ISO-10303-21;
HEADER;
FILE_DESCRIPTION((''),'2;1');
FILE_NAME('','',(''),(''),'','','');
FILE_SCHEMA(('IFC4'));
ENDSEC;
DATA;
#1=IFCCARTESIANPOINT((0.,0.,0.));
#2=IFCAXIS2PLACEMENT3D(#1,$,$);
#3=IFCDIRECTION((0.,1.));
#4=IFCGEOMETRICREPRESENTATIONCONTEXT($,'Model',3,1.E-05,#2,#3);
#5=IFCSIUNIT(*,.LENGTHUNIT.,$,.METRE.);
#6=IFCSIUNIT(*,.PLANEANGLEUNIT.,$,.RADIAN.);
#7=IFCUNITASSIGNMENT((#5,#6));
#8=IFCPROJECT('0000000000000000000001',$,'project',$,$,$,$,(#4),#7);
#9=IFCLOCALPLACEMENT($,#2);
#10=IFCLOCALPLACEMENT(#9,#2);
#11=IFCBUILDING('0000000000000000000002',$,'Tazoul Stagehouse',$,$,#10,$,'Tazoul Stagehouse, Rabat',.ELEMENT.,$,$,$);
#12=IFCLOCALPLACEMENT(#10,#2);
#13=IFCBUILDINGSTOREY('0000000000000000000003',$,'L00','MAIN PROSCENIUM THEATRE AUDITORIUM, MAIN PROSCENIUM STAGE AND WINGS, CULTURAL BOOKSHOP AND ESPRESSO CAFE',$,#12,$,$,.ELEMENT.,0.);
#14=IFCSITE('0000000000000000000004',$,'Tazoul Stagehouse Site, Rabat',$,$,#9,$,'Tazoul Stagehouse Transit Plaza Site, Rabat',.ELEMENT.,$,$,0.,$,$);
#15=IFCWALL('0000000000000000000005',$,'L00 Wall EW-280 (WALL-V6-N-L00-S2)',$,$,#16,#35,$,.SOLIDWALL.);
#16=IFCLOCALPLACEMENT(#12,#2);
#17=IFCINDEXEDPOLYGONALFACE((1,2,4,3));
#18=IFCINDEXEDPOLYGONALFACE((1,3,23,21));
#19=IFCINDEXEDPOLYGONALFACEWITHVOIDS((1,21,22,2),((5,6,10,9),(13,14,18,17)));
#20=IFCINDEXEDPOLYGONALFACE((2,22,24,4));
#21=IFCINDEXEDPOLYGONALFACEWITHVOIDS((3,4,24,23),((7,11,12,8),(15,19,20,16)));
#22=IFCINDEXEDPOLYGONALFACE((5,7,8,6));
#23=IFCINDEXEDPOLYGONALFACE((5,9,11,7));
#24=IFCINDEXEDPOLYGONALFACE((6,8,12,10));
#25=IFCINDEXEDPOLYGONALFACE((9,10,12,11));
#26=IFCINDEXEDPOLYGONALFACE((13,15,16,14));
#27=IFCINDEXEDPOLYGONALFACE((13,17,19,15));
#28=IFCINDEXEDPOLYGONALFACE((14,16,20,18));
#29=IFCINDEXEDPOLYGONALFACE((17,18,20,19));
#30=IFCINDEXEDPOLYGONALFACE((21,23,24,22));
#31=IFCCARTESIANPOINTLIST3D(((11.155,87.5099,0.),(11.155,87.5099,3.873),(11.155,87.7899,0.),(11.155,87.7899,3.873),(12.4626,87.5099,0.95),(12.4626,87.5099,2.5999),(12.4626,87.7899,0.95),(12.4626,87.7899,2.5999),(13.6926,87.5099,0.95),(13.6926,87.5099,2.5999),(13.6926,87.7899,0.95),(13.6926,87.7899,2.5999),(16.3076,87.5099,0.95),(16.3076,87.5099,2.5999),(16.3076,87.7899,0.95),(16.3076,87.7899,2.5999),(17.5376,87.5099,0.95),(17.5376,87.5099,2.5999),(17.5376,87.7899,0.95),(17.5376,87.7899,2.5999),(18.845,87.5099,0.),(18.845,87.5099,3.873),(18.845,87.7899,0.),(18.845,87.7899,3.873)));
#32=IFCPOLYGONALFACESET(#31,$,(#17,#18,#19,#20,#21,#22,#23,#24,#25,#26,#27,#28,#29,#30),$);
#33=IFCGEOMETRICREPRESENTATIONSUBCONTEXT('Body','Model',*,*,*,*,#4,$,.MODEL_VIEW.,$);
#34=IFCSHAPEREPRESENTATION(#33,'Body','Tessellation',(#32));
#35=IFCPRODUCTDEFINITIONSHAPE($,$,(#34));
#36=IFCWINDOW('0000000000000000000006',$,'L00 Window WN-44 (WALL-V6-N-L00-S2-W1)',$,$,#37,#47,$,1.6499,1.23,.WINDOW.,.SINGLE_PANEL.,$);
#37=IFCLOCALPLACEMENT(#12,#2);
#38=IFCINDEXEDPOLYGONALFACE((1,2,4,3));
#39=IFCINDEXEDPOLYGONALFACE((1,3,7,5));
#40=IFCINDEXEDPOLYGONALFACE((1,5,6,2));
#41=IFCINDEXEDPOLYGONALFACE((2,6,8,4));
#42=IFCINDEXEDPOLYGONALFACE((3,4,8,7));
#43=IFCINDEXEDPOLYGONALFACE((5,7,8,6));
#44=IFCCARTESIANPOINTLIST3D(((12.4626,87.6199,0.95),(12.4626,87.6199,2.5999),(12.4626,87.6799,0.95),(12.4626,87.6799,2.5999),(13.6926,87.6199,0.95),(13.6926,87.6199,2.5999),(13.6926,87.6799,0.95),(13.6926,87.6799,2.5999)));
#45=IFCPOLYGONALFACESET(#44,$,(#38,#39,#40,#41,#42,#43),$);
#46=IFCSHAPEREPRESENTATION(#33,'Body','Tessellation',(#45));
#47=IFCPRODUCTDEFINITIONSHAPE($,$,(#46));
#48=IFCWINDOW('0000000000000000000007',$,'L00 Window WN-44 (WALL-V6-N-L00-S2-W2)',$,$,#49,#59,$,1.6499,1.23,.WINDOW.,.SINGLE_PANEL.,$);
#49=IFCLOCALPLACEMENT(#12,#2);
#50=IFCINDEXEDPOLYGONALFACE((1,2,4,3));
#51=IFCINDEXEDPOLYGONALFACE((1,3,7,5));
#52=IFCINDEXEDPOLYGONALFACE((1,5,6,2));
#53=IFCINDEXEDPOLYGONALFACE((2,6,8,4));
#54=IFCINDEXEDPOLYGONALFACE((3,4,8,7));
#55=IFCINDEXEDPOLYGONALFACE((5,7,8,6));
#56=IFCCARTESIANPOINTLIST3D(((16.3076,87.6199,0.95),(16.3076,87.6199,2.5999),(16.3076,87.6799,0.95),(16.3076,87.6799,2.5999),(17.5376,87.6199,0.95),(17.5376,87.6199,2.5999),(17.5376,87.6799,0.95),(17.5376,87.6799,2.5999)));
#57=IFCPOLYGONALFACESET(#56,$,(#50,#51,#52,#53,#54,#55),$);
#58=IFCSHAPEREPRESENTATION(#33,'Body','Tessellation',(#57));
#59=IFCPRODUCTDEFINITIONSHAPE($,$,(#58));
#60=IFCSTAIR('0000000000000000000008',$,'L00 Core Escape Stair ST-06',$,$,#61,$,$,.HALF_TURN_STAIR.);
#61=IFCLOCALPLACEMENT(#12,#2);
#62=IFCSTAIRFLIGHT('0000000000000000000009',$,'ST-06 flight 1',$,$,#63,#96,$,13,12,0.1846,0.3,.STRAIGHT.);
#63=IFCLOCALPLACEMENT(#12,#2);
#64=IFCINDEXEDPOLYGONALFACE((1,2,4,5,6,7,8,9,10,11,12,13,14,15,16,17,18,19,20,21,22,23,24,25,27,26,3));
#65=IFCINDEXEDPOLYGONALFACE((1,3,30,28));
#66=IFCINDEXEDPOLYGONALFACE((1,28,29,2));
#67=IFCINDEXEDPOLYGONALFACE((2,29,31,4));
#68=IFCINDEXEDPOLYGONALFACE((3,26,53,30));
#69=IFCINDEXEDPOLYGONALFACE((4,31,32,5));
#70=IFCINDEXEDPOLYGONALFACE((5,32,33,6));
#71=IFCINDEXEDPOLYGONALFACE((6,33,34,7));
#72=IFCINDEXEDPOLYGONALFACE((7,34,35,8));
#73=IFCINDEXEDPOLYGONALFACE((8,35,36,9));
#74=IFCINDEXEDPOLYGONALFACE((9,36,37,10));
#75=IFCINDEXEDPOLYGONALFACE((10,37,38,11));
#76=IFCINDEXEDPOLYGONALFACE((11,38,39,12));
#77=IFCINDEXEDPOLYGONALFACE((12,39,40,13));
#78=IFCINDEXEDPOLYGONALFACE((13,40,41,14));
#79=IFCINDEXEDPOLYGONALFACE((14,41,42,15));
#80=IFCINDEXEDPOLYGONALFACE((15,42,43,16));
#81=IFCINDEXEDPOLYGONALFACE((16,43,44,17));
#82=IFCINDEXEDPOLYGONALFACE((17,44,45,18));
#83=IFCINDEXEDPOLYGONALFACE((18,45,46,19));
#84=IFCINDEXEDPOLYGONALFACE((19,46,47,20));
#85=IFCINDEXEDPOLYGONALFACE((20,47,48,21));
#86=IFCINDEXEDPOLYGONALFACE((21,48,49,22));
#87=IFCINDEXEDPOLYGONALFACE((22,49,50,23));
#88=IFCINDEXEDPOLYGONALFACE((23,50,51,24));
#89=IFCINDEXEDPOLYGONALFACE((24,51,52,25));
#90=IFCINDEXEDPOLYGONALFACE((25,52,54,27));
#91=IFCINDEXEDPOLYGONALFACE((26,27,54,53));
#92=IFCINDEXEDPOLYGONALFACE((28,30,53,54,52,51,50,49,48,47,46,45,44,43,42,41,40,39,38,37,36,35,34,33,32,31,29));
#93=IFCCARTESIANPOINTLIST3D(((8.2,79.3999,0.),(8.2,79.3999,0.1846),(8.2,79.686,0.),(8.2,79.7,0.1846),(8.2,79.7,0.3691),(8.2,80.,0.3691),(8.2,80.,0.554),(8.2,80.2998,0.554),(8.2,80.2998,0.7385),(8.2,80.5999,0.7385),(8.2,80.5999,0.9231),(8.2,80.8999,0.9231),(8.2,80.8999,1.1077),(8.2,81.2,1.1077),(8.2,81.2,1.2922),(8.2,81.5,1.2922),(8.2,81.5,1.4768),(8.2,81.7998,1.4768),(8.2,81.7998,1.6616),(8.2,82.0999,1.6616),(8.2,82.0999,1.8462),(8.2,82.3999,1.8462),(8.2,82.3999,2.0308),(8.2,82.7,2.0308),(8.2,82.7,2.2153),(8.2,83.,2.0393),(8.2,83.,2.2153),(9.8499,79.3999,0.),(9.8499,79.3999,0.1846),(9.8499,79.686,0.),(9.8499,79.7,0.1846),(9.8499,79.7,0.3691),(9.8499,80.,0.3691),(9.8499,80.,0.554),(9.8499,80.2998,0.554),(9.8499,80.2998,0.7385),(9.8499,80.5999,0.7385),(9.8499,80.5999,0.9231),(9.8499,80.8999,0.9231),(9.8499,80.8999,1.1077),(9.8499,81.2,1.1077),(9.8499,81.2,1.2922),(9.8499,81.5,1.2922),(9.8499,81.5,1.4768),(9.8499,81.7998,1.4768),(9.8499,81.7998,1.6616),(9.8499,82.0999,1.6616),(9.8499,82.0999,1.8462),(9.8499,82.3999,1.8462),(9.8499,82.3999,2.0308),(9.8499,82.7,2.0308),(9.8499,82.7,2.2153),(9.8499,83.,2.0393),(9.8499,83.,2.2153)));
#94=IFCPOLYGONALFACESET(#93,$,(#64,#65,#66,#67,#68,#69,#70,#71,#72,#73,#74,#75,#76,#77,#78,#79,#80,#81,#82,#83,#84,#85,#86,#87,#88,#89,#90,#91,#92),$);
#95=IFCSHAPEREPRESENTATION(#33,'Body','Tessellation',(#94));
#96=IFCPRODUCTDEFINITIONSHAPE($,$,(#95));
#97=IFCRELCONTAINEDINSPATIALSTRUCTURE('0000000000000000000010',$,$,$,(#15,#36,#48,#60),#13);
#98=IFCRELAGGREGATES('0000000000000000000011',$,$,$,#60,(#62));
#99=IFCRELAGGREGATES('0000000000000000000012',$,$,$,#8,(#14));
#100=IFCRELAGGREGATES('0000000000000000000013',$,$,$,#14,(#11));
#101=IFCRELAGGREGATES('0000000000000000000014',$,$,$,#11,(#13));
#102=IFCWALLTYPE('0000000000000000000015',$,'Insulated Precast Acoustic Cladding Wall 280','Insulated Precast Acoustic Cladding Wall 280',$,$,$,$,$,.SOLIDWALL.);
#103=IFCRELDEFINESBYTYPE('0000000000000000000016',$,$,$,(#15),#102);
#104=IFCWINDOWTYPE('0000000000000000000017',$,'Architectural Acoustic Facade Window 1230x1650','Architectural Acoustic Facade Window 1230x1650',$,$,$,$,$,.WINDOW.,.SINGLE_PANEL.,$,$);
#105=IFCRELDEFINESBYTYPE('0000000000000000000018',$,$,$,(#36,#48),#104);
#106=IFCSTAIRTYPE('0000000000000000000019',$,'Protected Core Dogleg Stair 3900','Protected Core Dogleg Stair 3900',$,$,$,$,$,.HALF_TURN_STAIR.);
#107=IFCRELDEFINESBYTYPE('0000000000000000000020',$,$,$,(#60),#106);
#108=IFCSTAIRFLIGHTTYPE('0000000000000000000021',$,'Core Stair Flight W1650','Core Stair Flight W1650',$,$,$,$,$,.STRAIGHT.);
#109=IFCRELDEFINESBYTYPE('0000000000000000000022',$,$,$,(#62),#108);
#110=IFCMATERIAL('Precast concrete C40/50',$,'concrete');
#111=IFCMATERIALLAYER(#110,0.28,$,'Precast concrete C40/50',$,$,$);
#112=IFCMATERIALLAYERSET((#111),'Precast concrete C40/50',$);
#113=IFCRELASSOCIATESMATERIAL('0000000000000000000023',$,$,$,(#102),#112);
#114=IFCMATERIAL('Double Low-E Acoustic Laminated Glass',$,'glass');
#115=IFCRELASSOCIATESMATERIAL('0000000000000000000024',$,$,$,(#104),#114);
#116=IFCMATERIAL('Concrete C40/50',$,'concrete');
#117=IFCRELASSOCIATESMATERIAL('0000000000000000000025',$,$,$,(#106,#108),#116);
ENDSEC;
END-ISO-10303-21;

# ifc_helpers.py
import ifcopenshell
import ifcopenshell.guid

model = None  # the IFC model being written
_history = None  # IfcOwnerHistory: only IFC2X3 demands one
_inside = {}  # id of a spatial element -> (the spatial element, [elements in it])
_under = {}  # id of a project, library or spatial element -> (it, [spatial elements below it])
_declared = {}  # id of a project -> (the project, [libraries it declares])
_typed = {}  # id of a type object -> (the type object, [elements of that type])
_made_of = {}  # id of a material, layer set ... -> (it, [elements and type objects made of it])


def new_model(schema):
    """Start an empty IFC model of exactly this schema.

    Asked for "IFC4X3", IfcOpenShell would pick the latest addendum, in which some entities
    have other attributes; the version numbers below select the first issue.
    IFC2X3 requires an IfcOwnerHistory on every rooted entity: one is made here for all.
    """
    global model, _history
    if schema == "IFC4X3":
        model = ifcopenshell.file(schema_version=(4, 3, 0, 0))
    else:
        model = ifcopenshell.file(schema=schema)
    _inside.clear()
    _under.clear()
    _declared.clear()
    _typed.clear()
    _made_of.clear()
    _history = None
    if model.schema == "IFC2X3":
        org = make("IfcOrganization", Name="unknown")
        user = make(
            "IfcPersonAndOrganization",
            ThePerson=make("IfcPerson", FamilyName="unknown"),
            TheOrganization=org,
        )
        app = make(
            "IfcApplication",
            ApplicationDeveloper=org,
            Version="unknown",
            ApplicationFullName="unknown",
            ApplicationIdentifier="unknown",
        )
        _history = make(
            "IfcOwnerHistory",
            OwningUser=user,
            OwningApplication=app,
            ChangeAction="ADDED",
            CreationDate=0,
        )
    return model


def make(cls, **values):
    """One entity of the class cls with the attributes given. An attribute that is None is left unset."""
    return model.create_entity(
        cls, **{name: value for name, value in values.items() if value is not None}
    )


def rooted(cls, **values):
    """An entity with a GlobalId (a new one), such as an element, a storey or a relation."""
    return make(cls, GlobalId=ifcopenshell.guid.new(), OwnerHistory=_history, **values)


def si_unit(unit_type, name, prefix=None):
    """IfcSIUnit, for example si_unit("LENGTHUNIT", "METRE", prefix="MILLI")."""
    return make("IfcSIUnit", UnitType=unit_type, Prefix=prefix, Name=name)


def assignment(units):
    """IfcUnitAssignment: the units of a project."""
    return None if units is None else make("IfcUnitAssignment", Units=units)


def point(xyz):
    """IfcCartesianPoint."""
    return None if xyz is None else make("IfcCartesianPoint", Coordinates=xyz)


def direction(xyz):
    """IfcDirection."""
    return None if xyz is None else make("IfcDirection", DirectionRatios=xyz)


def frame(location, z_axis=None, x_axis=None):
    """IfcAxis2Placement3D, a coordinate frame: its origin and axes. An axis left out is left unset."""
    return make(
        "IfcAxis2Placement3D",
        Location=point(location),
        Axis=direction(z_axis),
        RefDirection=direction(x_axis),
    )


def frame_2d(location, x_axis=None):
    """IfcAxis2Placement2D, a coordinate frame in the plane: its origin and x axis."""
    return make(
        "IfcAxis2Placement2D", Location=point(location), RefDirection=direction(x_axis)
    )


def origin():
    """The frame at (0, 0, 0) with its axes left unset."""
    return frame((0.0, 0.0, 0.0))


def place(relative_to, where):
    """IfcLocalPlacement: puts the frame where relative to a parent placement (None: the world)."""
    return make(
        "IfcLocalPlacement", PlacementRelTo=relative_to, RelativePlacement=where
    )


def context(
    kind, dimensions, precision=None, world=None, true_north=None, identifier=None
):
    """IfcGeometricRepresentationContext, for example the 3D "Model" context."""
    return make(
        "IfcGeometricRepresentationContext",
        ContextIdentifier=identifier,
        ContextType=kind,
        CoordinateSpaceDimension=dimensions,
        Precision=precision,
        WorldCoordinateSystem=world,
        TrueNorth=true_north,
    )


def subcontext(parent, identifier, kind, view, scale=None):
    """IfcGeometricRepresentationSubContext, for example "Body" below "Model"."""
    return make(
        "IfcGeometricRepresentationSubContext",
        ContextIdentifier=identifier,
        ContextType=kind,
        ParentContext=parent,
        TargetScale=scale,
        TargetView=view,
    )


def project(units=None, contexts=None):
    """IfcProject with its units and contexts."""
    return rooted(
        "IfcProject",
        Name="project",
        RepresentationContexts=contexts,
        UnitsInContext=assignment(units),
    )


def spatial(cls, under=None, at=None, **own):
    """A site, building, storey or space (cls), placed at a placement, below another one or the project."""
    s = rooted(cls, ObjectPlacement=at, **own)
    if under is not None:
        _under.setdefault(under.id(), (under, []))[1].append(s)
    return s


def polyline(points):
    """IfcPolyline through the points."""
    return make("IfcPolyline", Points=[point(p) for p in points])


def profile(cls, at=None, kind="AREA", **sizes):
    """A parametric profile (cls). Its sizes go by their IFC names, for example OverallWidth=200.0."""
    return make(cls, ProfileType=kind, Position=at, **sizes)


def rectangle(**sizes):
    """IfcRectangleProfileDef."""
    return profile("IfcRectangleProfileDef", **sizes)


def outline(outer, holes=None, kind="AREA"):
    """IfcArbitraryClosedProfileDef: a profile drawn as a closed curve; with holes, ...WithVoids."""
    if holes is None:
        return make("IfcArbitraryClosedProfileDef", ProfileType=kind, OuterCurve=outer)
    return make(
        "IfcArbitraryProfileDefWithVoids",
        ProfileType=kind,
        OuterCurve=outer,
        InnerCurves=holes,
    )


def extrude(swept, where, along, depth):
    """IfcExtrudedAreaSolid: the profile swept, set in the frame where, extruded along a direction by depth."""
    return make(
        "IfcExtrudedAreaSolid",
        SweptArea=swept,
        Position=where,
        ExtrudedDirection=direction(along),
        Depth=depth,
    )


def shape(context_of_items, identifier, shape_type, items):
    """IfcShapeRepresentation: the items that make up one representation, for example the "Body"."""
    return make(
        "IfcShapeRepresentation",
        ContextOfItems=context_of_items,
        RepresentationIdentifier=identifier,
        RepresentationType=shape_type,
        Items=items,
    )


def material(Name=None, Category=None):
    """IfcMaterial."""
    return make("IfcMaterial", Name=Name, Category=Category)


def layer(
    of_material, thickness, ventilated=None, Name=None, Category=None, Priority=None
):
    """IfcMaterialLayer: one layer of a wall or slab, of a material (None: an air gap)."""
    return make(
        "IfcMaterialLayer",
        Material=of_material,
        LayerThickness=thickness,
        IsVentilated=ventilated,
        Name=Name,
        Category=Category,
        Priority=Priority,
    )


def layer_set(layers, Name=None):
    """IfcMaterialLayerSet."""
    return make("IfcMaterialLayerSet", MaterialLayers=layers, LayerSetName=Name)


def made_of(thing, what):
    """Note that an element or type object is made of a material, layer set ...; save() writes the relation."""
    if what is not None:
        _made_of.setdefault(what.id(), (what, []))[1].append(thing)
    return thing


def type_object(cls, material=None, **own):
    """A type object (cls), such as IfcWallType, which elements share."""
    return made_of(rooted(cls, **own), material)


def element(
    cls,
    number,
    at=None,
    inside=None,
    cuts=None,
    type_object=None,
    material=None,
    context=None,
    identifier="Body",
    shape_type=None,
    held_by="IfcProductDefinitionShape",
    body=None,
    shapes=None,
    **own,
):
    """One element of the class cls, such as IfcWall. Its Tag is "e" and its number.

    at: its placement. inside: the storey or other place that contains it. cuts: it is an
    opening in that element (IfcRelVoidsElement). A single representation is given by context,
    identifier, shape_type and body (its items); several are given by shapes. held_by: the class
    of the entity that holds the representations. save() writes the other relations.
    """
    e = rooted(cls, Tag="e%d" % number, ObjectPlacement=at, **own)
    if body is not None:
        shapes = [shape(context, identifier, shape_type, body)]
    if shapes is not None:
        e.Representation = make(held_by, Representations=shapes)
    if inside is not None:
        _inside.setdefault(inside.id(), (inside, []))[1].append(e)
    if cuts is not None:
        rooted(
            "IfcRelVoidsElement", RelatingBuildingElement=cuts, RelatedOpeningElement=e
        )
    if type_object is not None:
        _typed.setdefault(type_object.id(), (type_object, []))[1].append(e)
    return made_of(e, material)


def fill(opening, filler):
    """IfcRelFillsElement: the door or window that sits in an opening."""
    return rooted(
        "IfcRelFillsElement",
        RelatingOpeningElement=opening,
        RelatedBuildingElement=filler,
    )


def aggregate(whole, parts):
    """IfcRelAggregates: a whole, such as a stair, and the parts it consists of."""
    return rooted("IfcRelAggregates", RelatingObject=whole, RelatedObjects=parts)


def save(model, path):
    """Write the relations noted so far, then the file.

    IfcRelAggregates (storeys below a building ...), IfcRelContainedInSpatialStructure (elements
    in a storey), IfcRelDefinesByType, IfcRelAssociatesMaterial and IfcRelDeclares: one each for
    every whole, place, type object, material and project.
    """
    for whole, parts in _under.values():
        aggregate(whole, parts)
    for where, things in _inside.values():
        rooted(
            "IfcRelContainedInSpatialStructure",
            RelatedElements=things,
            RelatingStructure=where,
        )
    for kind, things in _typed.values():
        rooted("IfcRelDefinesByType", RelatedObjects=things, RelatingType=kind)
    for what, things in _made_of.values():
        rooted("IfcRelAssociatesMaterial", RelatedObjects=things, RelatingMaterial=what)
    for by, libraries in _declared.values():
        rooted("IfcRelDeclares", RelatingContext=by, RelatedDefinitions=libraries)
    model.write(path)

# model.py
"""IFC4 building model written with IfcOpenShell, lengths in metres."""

from ifc_helpers import new_model, si_unit, direction, frame, frame_2d, origin, place, context, subcontext, project, spatial, polyline, rectangle, outline, extrude, material, layer, layer_set, type_object, element, fill, aggregate, save


model = new_model("IFC4")

# Units and contexts
model_context = context("Model", 3, precision=1e-05, world=origin(), true_north=direction((0.0, 1.0)))
body_context = subcontext(model_context, "Body", "Model", "MODEL_VIEW")
ifc_project = project(units=[si_unit("LENGTHUNIT", "METRE"), si_unit("PLANEANGLEUNIT", "RADIAN")], contexts=[model_context])

# Site, building, storey
site_placement = place(None, origin())
site = spatial("IfcSite", under=ifc_project, at=site_placement, Name="Tazoul Stagehouse Site, Rabat", LongName="Tazoul Stagehouse Transit Plaza Site, Rabat", CompositionType="ELEMENT", RefElevation=0.0)
building_placement = place(site_placement, origin())
building = spatial("IfcBuilding", under=site, at=building_placement, Name="Tazoul Stagehouse", LongName="Tazoul Stagehouse, Rabat", CompositionType="ELEMENT")
storey_placement = place(building_placement, origin())
storey = spatial("IfcBuildingStorey", under=building, at=storey_placement, Name="L00", Description="MAIN PROSCENIUM THEATRE AUDITORIUM, MAIN PROSCENIUM STAGE AND WINGS, CULTURAL BOOKSHOP AND ESPRESSO CAFE", CompositionType="ELEMENT", Elevation=0.0)

# Shared definitions
ifc_material_1 = material(Name="Concrete C40/50", Category="concrete")

# Wall, openings, windows
ifc_material_2 = material(Name="Precast concrete C40/50", Category="concrete")
ifc_layer_1 = layer(ifc_material_2, 0.28, Name="Precast concrete C40/50")
ifc_layer_set_1 = layer_set([ifc_layer_1], Name="Precast concrete C40/50")
wall_type_1 = type_object("IfcWallType", Name="Insulated Precast Acoustic Cladding Wall 280", Description="Insulated Precast Acoustic Cladding Wall 280", PredefinedType="SOLIDWALL", material=ifc_layer_set_1)
wall_1_placement = place(storey_placement, frame((11.155, 87.6499, 0.0), z_axis=(0.0, 0.0, 1.0), x_axis=(1.0, 0.0, 0.0)))
wall_1 = element("IfcWall", 1, at=wall_1_placement, inside=storey, type_object=wall_type_1, Name="L00 Wall EW-280 (WALL-V6-N-L00-S2)", PredefinedType="SOLIDWALL", context=body_context, shape_type="SweptSolid", body=[
    extrude(rectangle(XDim=7.6899, YDim=0.28, at=frame_2d((3.845, 0.0))), origin(), (0.0, 0.0, 1.0), 3.873),
])
opening_1_placement = place(wall_1_placement, frame((1.3076, 0.0, 0.95)))
opening_1 = element("IfcOpeningElement", 2, at=opening_1_placement, cuts=wall_1, PredefinedType="OPENING", context=body_context, shape_type="SweptSolid", body=[
    extrude(rectangle(XDim=1.23, YDim=1.6499, at=frame_2d((0.615, 0.825))), frame((0.0, 0.1599, 0.0), z_axis=(0.0, -1.0, 0.0), x_axis=(1.0, 0.0, 0.0)), (0.0, 0.0, 1.0), 0.3201),
])
opening_2_placement = place(wall_1_placement, frame((5.1526, 0.0, 0.95)))
opening_2 = element("IfcOpeningElement", 3, at=opening_2_placement, cuts=wall_1, PredefinedType="OPENING", context=body_context, shape_type="SweptSolid", body=[
    extrude(rectangle(XDim=1.23, YDim=1.6499, at=frame_2d((0.615, 0.825))), frame((0.0, 0.1599, 0.0), z_axis=(0.0, -1.0, 0.0), x_axis=(1.0, 0.0, 0.0)), (0.0, 0.0, 1.0), 0.3201),
])
ifc_material_3 = material(Name="Double Low-E Acoustic Laminated Glass", Category="glass")
window_type = type_object("IfcWindowType", Name="Architectural Acoustic Facade Window 1230x1650", Description="Architectural Acoustic Facade Window 1230x1650", PartitioningType="SINGLE_PANEL", PredefinedType="WINDOW", material=ifc_material_3)
window_1_placement = place(opening_1_placement, origin())
window_1 = element("IfcWindow", 4, at=window_1_placement, inside=storey, type_object=window_type, Name="L00 Window WN-44 (WALL-V6-N-L00-S2-W1)", OverallHeight=1.6499, OverallWidth=1.23, PartitioningType="SINGLE_PANEL", PredefinedType="WINDOW", context=body_context, shape_type="SweptSolid", body=[
    extrude(rectangle(XDim=1.23, YDim=1.6499, at=frame_2d((0.615, 0.825))), frame((0.0, 0.03, 0.0), z_axis=(0.0, -1.0, 0.0), x_axis=(1.0, 0.0, 0.0)), (0.0, 0.0, 1.0), 0.0601),
])
fill(opening_1, window_1)
window_2_placement = place(opening_2_placement, origin())
window_2 = element("IfcWindow", 5, at=window_2_placement, inside=storey, type_object=window_type, Name="L00 Window WN-44 (WALL-V6-N-L00-S2-W2)", OverallHeight=1.6499, OverallWidth=1.23, PartitioningType="SINGLE_PANEL", PredefinedType="WINDOW", context=body_context, shape_type="SweptSolid", body=[
    extrude(rectangle(XDim=1.23, YDim=1.6499, at=frame_2d((0.615, 0.825))), frame((0.0, 0.03, 0.0), z_axis=(0.0, -1.0, 0.0), x_axis=(1.0, 0.0, 0.0)), (0.0, 0.0, 1.0), 0.0601),
])
fill(opening_2, window_2)

# Stair, stair flight
stair_type = type_object("IfcStairType", Name="Protected Core Dogleg Stair 3900", Description="Protected Core Dogleg Stair 3900", PredefinedType="HALF_TURN_STAIR", material=ifc_material_1)
stair_placement = place(storey_placement, origin())
stair = element("IfcStair", 6, at=stair_placement, inside=storey, type_object=stair_type, Name="L00 Core Escape Stair ST-06", PredefinedType="HALF_TURN_STAIR")
stair_flight_type = type_object("IfcStairFlightType", Name="Core Stair Flight W1650", Description="Core Stair Flight W1650", PredefinedType="STRAIGHT", material=ifc_material_1)
stair_flight_placement = place(storey_placement, frame((9.0249, 79.3999, 0.0), z_axis=(0.0, 0.0, 1.0), x_axis=(0.0, 1.0, 0.0)))
stair_flight = element("IfcStairFlight", 7, at=stair_flight_placement, type_object=stair_flight_type, Name="ST-06 flight 1", NumberOfRisers=13, NumberOfTreads=12, PredefinedType="STRAIGHT", RiserHeight=0.1846, TreadLength=0.3, context=body_context, shape_type="SweptSolid", body=[
    extrude(outline(polyline([(0.0, 0.0), (0.0, 0.1846), (0.3, 0.1846), (0.3, 0.3691), (0.6001, 0.3691), (0.6001, 0.554), (0.8999, 0.554), (0.8999, 0.7385), (1.2, 0.7385), (1.2, 0.9231), (1.5, 0.9231), (1.5, 1.1077), (1.8, 1.1077), (1.8, 1.2922), (2.1001, 1.2922), (2.1001, 1.4768), (2.3999, 1.4768), (2.3999, 1.6616), (2.7, 1.6616), (2.7, 1.8462), (3.0, 1.8462), (3.0, 2.0308), (3.3, 2.0308), (3.3, 2.2153), (3.6001, 2.2153), (3.6001, 2.3999), (3.6001, 2.0393), (0.2861, 0.0), (0.0, 0.0)])), frame((0.0, 0.825, 0.0), z_axis=(0.0, -1.0, 0.0), x_axis=(1.0, 0.0, 0.0)), (0.0, 0.0, 1.0), 1.6499),
])
aggregate(stair, [stair_flight])

save(model, "model.ifc")
